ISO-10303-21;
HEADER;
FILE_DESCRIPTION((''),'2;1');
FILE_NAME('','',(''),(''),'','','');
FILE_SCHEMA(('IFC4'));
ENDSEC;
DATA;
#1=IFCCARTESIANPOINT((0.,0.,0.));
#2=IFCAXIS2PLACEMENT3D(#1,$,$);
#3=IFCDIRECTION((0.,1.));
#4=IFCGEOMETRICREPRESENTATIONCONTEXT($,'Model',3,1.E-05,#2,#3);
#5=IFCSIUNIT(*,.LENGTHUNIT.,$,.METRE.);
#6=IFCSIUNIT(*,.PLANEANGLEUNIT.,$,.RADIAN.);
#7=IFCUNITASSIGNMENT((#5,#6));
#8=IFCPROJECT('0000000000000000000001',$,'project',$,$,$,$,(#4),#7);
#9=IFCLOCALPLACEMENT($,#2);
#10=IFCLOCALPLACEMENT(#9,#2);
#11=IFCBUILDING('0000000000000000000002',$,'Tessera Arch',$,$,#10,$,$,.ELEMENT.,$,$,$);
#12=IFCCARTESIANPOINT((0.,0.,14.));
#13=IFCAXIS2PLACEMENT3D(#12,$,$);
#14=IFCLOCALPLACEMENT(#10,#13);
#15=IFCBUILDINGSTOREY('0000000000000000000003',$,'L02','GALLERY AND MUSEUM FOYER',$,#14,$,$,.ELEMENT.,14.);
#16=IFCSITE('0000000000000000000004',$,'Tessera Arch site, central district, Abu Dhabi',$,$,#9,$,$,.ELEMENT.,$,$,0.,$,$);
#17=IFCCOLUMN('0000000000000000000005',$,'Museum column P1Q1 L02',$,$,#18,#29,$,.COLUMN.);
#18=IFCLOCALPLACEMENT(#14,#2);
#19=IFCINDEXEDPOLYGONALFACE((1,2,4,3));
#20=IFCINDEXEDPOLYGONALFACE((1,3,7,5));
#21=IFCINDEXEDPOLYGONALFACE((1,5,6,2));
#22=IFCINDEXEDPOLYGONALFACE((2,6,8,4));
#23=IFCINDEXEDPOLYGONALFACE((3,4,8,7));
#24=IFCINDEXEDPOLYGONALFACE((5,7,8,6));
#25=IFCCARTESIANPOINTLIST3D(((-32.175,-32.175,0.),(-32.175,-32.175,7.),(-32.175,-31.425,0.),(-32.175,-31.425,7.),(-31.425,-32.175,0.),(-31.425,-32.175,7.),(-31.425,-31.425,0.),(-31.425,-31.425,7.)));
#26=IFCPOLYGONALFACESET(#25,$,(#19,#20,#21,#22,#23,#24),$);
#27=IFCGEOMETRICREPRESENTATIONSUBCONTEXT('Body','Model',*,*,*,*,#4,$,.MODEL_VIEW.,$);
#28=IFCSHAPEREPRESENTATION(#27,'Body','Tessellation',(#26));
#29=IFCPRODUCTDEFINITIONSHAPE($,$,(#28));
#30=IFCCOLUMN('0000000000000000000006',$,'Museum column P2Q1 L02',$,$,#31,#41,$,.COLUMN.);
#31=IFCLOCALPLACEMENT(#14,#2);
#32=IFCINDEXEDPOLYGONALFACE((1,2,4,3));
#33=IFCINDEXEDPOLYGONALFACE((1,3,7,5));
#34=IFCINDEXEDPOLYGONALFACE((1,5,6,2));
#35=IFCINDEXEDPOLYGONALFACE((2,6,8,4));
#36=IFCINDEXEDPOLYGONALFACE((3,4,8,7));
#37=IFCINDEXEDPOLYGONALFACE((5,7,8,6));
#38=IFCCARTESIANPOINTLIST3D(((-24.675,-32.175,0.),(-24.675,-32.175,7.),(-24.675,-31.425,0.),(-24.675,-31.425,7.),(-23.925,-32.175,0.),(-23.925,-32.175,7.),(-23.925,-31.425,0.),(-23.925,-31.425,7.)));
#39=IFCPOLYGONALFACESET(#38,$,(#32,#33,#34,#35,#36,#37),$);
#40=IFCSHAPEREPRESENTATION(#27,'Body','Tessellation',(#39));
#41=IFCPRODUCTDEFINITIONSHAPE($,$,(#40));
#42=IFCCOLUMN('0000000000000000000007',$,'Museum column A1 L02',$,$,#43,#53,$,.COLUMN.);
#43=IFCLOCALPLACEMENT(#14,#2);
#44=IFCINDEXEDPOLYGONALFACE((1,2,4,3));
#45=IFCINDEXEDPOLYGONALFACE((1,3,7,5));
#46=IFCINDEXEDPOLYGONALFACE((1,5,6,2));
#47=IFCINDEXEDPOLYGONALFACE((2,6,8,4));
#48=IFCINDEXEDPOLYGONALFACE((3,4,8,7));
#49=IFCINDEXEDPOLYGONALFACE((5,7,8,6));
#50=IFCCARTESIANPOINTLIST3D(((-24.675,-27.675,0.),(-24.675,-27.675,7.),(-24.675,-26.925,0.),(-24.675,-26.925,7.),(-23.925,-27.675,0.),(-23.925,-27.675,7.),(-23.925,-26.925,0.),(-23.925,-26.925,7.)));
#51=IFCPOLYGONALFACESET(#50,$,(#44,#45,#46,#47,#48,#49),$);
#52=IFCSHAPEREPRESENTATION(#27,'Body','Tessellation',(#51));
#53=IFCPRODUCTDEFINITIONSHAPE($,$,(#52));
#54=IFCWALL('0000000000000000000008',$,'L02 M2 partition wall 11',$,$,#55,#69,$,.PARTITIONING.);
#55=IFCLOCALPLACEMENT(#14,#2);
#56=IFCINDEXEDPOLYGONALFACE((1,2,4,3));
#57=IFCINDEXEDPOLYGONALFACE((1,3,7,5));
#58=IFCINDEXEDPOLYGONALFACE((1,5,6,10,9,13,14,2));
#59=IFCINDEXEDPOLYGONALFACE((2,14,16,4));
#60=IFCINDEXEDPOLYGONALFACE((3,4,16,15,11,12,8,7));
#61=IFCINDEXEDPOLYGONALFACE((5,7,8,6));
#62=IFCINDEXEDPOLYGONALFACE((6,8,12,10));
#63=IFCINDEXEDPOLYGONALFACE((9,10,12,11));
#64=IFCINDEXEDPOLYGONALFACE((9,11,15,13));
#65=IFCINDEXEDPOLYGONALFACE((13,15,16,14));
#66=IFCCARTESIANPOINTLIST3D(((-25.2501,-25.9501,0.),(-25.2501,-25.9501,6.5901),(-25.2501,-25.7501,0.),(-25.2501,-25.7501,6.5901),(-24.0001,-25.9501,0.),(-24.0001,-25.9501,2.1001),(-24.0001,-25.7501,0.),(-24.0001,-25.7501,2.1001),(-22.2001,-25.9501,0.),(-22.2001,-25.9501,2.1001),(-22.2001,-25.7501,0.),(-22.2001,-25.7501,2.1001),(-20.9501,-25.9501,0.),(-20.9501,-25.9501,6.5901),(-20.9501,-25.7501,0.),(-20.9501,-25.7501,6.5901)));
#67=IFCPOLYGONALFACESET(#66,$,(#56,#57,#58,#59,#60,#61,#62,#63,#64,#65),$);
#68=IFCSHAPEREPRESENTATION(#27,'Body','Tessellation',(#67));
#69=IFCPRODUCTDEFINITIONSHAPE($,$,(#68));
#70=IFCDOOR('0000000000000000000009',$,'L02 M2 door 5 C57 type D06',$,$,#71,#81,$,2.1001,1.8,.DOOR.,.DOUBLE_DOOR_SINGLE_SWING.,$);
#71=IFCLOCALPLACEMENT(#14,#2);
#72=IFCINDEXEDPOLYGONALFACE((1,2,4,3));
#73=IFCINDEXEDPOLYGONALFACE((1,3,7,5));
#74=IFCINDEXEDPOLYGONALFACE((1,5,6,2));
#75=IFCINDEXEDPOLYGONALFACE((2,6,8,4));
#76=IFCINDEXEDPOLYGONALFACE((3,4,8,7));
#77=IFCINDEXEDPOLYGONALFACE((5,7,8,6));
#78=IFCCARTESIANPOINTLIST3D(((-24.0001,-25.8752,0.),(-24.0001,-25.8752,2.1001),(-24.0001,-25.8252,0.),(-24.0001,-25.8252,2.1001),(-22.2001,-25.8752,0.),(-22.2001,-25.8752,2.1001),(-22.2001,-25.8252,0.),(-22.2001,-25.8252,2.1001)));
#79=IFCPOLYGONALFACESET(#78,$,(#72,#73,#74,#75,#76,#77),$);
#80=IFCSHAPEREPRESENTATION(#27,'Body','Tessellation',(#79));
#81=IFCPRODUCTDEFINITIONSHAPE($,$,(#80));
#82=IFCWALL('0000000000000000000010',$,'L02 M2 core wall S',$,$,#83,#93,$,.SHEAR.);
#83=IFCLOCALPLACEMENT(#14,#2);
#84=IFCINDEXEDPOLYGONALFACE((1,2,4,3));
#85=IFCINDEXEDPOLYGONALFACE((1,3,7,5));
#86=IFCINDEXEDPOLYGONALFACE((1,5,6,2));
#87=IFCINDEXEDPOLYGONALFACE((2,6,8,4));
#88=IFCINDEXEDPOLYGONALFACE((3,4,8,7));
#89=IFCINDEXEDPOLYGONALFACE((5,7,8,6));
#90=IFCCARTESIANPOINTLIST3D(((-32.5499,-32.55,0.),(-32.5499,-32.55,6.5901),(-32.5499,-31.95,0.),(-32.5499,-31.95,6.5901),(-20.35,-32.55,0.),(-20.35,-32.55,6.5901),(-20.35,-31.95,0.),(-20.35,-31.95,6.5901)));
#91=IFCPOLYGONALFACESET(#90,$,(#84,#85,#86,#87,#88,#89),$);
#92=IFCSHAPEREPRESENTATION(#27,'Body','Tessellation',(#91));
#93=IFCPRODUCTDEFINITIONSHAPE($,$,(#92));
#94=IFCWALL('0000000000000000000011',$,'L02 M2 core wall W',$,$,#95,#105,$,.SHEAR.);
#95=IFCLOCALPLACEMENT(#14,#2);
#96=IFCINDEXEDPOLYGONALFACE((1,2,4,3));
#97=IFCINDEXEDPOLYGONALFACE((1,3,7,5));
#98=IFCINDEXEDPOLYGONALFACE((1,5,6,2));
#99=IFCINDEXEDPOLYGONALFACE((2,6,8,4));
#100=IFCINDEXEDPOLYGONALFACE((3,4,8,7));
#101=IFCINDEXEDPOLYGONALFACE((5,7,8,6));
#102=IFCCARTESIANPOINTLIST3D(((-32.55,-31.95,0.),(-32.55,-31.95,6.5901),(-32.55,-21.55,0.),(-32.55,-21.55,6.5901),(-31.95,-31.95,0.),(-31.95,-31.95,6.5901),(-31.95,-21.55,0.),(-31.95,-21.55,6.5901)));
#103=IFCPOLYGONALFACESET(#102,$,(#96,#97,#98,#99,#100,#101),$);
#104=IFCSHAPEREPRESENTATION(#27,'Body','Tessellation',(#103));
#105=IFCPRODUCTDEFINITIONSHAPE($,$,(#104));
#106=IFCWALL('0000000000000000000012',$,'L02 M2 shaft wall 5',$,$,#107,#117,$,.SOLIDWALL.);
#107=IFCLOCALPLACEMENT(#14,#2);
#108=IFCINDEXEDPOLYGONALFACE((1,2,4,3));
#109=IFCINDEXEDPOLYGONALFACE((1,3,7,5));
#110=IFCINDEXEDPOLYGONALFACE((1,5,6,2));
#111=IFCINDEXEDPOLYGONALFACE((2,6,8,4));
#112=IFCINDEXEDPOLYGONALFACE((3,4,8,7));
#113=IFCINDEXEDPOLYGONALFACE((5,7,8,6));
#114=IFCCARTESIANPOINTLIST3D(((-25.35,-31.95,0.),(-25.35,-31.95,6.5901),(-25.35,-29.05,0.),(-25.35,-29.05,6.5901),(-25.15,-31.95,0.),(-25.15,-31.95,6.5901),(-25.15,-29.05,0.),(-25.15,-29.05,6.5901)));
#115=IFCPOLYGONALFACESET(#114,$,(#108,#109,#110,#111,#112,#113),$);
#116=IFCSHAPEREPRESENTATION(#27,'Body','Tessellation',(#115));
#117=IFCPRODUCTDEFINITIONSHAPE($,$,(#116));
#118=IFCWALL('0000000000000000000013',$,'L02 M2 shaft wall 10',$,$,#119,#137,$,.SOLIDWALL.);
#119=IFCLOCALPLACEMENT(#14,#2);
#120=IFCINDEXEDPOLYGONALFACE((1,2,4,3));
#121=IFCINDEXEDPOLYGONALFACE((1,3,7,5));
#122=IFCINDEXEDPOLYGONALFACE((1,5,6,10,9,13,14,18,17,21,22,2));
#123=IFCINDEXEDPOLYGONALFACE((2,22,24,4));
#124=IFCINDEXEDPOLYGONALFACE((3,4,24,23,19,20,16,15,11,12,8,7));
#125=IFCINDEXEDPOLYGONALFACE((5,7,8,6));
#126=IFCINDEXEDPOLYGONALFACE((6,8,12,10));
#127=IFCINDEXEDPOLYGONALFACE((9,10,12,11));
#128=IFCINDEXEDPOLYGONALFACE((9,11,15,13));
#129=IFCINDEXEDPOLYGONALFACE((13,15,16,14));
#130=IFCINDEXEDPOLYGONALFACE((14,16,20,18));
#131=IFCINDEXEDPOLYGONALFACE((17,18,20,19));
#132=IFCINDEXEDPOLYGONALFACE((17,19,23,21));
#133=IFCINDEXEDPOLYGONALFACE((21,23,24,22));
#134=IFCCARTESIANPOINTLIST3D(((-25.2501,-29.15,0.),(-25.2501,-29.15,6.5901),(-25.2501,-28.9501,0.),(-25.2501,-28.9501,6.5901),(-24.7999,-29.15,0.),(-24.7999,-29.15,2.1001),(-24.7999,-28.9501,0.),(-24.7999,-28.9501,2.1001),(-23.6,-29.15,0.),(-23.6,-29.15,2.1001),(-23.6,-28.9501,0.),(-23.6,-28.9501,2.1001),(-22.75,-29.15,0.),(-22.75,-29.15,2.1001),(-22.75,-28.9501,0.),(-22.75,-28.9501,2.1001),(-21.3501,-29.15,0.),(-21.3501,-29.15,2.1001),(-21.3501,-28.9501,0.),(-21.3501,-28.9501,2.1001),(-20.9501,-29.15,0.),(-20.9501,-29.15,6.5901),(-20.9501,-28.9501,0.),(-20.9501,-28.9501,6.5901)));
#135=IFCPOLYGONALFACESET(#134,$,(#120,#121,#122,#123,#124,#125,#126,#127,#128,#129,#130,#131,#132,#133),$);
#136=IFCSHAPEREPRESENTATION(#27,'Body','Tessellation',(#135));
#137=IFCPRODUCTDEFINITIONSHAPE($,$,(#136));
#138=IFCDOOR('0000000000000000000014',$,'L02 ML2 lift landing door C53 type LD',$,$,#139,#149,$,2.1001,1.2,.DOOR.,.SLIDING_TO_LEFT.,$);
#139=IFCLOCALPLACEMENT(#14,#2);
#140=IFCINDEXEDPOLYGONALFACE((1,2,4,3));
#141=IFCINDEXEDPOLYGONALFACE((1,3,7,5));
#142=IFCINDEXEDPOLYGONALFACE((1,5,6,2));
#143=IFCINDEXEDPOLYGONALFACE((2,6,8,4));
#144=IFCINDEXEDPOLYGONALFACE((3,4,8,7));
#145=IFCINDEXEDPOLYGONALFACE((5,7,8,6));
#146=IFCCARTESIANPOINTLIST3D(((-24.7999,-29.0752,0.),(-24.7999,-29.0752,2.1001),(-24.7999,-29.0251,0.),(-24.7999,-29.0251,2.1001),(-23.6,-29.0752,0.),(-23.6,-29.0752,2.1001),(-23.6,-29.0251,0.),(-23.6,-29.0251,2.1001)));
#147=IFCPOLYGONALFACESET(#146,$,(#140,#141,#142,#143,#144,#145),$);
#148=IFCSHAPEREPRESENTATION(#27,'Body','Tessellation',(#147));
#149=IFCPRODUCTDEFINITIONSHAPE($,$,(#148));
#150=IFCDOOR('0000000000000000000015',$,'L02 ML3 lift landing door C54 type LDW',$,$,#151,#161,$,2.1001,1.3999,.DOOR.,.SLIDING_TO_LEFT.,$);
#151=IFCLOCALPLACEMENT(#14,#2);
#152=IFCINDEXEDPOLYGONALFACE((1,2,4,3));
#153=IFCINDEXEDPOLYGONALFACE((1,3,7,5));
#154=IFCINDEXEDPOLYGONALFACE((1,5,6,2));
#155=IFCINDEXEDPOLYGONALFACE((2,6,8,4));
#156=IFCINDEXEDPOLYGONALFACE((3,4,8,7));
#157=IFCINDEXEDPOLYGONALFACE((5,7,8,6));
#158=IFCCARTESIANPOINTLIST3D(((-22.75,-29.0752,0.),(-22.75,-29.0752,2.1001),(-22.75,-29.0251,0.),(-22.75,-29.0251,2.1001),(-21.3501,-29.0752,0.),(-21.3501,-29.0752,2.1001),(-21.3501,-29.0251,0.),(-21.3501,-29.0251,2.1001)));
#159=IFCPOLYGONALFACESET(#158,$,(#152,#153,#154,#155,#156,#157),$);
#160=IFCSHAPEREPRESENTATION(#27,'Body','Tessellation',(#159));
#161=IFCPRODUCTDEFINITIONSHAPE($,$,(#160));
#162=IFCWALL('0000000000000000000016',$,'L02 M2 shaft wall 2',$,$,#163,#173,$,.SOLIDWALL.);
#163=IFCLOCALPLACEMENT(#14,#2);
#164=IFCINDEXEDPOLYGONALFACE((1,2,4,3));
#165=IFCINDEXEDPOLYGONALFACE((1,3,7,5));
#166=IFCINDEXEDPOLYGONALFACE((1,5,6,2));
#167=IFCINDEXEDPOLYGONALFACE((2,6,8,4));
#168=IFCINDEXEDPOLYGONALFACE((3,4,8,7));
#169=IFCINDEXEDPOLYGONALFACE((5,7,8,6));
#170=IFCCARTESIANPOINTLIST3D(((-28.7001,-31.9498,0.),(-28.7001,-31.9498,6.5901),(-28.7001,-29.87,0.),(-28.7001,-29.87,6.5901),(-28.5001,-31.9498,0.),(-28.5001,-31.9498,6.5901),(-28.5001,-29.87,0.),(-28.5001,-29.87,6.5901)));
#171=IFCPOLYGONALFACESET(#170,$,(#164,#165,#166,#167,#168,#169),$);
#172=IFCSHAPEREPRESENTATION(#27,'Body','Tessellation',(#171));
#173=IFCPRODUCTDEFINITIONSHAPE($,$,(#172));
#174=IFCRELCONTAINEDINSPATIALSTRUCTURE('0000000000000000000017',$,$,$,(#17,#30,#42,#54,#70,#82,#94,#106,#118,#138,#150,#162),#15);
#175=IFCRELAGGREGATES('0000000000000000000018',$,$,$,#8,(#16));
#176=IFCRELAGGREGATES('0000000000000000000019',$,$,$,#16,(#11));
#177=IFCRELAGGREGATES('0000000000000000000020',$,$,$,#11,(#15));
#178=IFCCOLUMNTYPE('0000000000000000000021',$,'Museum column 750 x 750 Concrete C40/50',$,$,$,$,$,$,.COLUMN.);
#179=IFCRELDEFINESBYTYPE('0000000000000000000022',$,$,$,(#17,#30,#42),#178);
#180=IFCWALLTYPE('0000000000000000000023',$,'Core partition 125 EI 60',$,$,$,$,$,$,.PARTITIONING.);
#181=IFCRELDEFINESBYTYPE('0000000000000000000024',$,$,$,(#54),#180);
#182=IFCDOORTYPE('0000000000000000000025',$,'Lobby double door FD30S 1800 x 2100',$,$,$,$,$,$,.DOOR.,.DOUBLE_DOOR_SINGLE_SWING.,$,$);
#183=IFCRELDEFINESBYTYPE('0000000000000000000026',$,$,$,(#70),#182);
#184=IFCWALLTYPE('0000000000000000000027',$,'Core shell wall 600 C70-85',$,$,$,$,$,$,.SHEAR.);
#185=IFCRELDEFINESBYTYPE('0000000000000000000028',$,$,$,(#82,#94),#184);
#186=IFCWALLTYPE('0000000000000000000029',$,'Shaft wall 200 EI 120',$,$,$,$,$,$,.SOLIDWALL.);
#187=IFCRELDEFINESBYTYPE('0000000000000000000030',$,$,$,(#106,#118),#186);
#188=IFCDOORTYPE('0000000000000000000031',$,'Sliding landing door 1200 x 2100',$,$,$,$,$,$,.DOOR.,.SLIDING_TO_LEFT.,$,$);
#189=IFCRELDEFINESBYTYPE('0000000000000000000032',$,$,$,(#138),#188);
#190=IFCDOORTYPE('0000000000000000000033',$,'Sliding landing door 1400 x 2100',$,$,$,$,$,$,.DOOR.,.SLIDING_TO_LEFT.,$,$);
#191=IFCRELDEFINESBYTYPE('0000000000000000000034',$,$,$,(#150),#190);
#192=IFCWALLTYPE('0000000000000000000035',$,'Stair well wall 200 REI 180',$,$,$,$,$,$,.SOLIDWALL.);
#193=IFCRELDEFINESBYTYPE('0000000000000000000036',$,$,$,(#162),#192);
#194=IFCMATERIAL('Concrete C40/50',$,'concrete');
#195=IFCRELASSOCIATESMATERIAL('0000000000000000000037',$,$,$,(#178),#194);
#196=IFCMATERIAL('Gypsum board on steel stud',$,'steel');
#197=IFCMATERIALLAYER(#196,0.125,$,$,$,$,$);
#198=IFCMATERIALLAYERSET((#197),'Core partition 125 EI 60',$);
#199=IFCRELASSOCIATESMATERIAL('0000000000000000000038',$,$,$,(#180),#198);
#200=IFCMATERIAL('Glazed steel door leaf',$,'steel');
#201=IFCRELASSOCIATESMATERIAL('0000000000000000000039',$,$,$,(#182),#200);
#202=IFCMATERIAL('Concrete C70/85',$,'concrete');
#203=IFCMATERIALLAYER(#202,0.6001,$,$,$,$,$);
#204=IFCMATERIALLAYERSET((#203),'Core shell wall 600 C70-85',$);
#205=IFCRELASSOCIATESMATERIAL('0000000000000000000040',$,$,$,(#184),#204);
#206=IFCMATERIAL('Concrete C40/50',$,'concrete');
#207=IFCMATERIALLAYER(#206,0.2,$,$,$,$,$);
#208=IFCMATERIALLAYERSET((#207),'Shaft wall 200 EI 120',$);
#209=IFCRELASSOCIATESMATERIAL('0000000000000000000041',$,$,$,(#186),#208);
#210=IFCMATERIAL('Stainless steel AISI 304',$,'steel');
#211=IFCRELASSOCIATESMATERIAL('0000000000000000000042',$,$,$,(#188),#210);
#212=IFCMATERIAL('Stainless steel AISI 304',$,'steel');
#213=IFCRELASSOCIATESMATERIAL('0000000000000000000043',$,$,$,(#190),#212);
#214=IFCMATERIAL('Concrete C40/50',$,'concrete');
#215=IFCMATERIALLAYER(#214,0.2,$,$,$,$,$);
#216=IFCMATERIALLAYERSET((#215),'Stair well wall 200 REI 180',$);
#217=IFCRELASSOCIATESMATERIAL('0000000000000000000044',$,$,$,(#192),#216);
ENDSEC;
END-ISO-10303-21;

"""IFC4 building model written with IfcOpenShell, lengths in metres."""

from ifc_helpers import new_model, si_unit, direction, frame, frame_2d, origin, origin_2d, place, context, subcontext, project, spatial, rectangle, extrude, material, layer, layer_set, material_profile, profile_set, type_object, element, fill, save


model = new_model("IFC4")

# Units and contexts
model_context = context("Model", 3, precision=1e-05, world=origin(), true_north=direction((0.0, 1.0)))
body_context = subcontext(model_context, "Body", "Model", "MODEL_VIEW")
ifc_project = project(units=[si_unit("LENGTHUNIT", "METRE"), si_unit("PLANEANGLEUNIT", "RADIAN")], contexts=[model_context])

# Site, building, storey
site_placement = place(None, origin())
site = spatial("IfcSite", under=ifc_project, at=site_placement, Name="Tessera Arch site, central district, Abu Dhabi", CompositionType="ELEMENT", RefElevation=0.0)
building_placement = place(site_placement, origin())
building = spatial("IfcBuilding", under=site, at=building_placement, Name="Tessera Arch", CompositionType="ELEMENT")
storey_placement = place(building_placement, frame((0.0, 0.0, 14.0)))
storey = spatial("IfcBuildingStorey", under=building, at=storey_placement, Name="L02", Description="GALLERY AND MUSEUM FOYER", CompositionType="ELEMENT", Elevation=14.0)

# Columns
ifc_material_1 = material(Name="Concrete C40/50", Category="concrete")
ifc_material_profile = material_profile(ifc_material_1, rectangle(XDim=0.75, YDim=0.75, at=origin_2d()), Name="Museum column 750 x 750 Concrete C40/50")
ifc_profile_set = profile_set([ifc_material_profile], Name="Concrete C40/50")
column_type = type_object("IfcColumnType", Name="Museum column 750 x 750 Concrete C40/50", PredefinedType="COLUMN", material=ifc_profile_set)
for number, where, z_axis, x_axis, name in (
    (1, (-31.8, -31.8, 0.0), (0.0, 0.0, 1.0), (1.0, 0.0, 0.0), "Museum column P1Q1 L02"),
    (2, (-24.3, -31.8, 0.0), (0.0, 0.0, 1.0), (1.0, 0.0, 0.0), "Museum column P2Q1 L02"),
    (3, (-24.3, -27.3, 0.0), (0.0, 0.0, 1.0), (1.0, 0.0, 0.0), "Museum column A1 L02"),
):
    element("IfcColumn", number, at=place(storey_placement, frame(where, z_axis=z_axis, x_axis=x_axis)), inside=storey, type_object=column_type, Name=name, PredefinedType="COLUMN", context=body_context, shape_type="SweptSolid", body=[
        extrude(rectangle(XDim=0.75, YDim=0.75, at=origin_2d()), origin(), (0.0, 0.0, 1.0), 7.0),
    ])

# Wall, opening, door
ifc_material_2 = material(Name="Gypsum board on steel stud", Category="steel")
ifc_layer_1 = layer(ifc_material_2, 0.125)
ifc_layer_set_1 = layer_set([ifc_layer_1], Name="Core partition 125 EI 60")
wall_type_1 = type_object("IfcWallType", Name="Core partition 125 EI 60", PredefinedType="PARTITIONING", material=ifc_layer_set_1)
wall_1_placement = place(storey_placement, frame((-25.25, -25.8501, 0.0), z_axis=(0.0, 0.0, 1.0), x_axis=(1.0, 0.0, 0.0)))
wall_1 = element("IfcWall", 4, at=wall_1_placement, inside=storey, type_object=wall_type_1, Name="L02 M2 partition wall 11", PredefinedType="PARTITIONING", context=body_context, shape_type="SweptSolid", body=[
    extrude(rectangle(XDim=4.3, YDim=0.2, at=frame_2d((2.1499, 0.0))), origin(), (0.0, 0.0, 1.0), 6.5901),
])
opening_1_placement = place(wall_1_placement, frame((1.25, 0.0, 0.0)))
opening_1 = element("IfcOpeningElement", 5, at=opening_1_placement, cuts=wall_1, PredefinedType="OPENING", context=body_context, shape_type="SweptSolid", body=[
    extrude(rectangle(XDim=1.8, YDim=2.1001, at=frame_2d((0.8999, 1.05))), frame((0.0, 0.1099, 0.0), z_axis=(0.0, -1.0, 0.0), x_axis=(1.0, 0.0, 0.0)), (0.0, 0.0, 1.0), 0.22),
])
ifc_material_3 = material(Name="Glazed steel door leaf", Category="steel")
door_type_1 = type_object("IfcDoorType", Name="Lobby double door FD30S 1800 x 2100", OperationType="DOUBLE_DOOR_SINGLE_SWING", PredefinedType="DOOR", material=ifc_material_3)
door_1_placement = place(opening_1_placement, origin())
door_1 = element("IfcDoor", 6, at=door_1_placement, inside=storey, type_object=door_type_1, Name="L02 M2 door 5 C57 type D06", OperationType="DOUBLE_DOOR_SINGLE_SWING", OverallHeight=2.1001, OverallWidth=1.8, PredefinedType="DOOR", context=body_context, shape_type="SweptSolid", body=[
    extrude(rectangle(XDim=1.8, YDim=2.1001, at=frame_2d((0.8999, 1.05))), frame((0.0, 0.0249, 0.0), z_axis=(0.0, -1.0, 0.0), x_axis=(1.0, 0.0, 0.0)), (0.0, 0.0, 1.0), 0.05),
])
fill(opening_1, door_1)

# Walls
ifc_material_4 = material(Name="Concrete C70/85", Category="concrete")
ifc_layer_2 = layer(ifc_material_4, 0.6001)
ifc_layer_set_2 = layer_set([ifc_layer_2], Name="Core shell wall 600 C70-85")
wall_type_2 = type_object("IfcWallType", Name="Core shell wall 600 C70-85", PredefinedType="SHEAR", material=ifc_layer_set_2)
wall_2_placement = place(storey_placement, frame((-32.55, -32.25, 0.0), z_axis=(0.0, 0.0, 1.0), x_axis=(1.0, 0.0, 0.0)))
element("IfcWall", 7, at=wall_2_placement, inside=storey, type_object=wall_type_2, Name="L02 M2 core wall S", PredefinedType="SHEAR", context=body_context, shape_type="SweptSolid", body=[
    extrude(rectangle(XDim=12.2, YDim=0.6001, at=frame_2d((6.1001, 0.0))), origin(), (0.0, 0.0, 1.0), 6.5901),
])
wall_3_placement = place(storey_placement, frame((-32.25, -31.95, 0.0), z_axis=(0.0, 0.0, 1.0), x_axis=(0.0, 1.0, 0.0)))
element("IfcWall", 8, at=wall_3_placement, inside=storey, type_object=wall_type_2, Name="L02 M2 core wall W", PredefinedType="SHEAR", context=body_context, shape_type="SweptSolid", body=[
    extrude(rectangle(XDim=10.3999, YDim=0.6001, at=frame_2d((5.2, 0.0))), origin(), (0.0, 0.0, 1.0), 6.5901),
])
ifc_material_5 = material(Name="Concrete C40/50", Category="concrete")
ifc_layer_3 = layer(ifc_material_5, 0.2)
ifc_layer_set_3 = layer_set([ifc_layer_3], Name="Shaft wall 200 EI 120")
wall_type_3 = type_object("IfcWallType", Name="Shaft wall 200 EI 120", PredefinedType="SOLIDWALL", material=ifc_layer_set_3)
wall_4_placement = place(storey_placement, frame((-25.25, -31.95, 0.0), z_axis=(0.0, 0.0, 1.0), x_axis=(0.0, 1.0, 0.0)))
element("IfcWall", 9, at=wall_4_placement, inside=storey, type_object=wall_type_3, Name="L02 M2 shaft wall 5", PredefinedType="SOLIDWALL", context=body_context, shape_type="SweptSolid", body=[
    extrude(rectangle(XDim=2.8999, YDim=0.2, at=frame_2d((1.45, 0.0))), origin(), (0.0, 0.0, 1.0), 6.5901),
])

# Wall, openings, doors
wall_5_placement = place(storey_placement, frame((-25.25, -29.05, 0.0), z_axis=(0.0, 0.0, 1.0), x_axis=(1.0, 0.0, 0.0)))
wall_5 = element("IfcWall", 10, at=wall_5_placement, inside=storey, type_object=wall_type_3, Name="L02 M2 shaft wall 10", PredefinedType="SOLIDWALL", context=body_context, shape_type="SweptSolid", body=[
    extrude(rectangle(XDim=4.3, YDim=0.2, at=frame_2d((2.1499, 0.0))), origin(), (0.0, 0.0, 1.0), 6.5901),
])
opening_2_placement = place(wall_5_placement, frame((0.45, 0.0, 0.0)))
opening_2 = element("IfcOpeningElement", 11, at=opening_2_placement, cuts=wall_5, PredefinedType="OPENING", context=body_context, shape_type="SweptSolid", body=[
    extrude(rectangle(XDim=1.2, YDim=2.1001, at=frame_2d((0.6001, 1.05))), frame((0.0, 0.1099, 0.0), z_axis=(0.0, -1.0, 0.0), x_axis=(1.0, 0.0, 0.0)), (0.0, 0.0, 1.0), 0.22),
])
opening_3_placement = place(wall_5_placement, frame((2.5, 0.0, 0.0)))
opening_3 = element("IfcOpeningElement", 12, at=opening_3_placement, cuts=wall_5, PredefinedType="OPENING", context=body_context, shape_type="SweptSolid", body=[
    extrude(rectangle(XDim=1.3999, YDim=2.1001, at=frame_2d((0.7, 1.05))), frame((0.0, 0.1099, 0.0), z_axis=(0.0, -1.0, 0.0), x_axis=(1.0, 0.0, 0.0)), (0.0, 0.0, 1.0), 0.22),
])
ifc_material_6 = material(Name="Stainless steel AISI 304", Category="steel")
door_type_2 = type_object("IfcDoorType", Name="Sliding landing door 1200 x 2100", OperationType="SLIDING_TO_LEFT", PredefinedType="DOOR", material=ifc_material_6)
door_2_placement = place(opening_2_placement, origin())
door_2 = element("IfcDoor", 13, at=door_2_placement, inside=storey, type_object=door_type_2, Name="L02 ML2 lift landing door C53 type LD", OperationType="SLIDING_TO_LEFT", OverallHeight=2.1001, OverallWidth=1.2, PredefinedType="DOOR", context=body_context, shape_type="SweptSolid", body=[
    extrude(rectangle(XDim=1.2, YDim=2.1001, at=frame_2d((0.6001, 1.05))), frame((0.0, 0.0249, 0.0), z_axis=(0.0, -1.0, 0.0), x_axis=(1.0, 0.0, 0.0)), (0.0, 0.0, 1.0), 0.05),
])
fill(opening_2, door_2)
ifc_material_7 = material(Name="Stainless steel AISI 304", Category="steel")
door_type_3 = type_object("IfcDoorType", Name="Sliding landing door 1400 x 2100", OperationType="SLIDING_TO_LEFT", PredefinedType="DOOR", material=ifc_material_7)
door_3_placement = place(opening_3_placement, origin())
door_3 = element("IfcDoor", 14, at=door_3_placement, inside=storey, type_object=door_type_3, Name="L02 ML3 lift landing door C54 type LDW", OperationType="SLIDING_TO_LEFT", OverallHeight=2.1001, OverallWidth=1.3999, PredefinedType="DOOR", context=body_context, shape_type="SweptSolid", body=[
    extrude(rectangle(XDim=1.3999, YDim=2.1001, at=frame_2d((0.7, 1.05))), frame((0.0, 0.0249, 0.0), z_axis=(0.0, -1.0, 0.0), x_axis=(1.0, 0.0, 0.0)), (0.0, 0.0, 1.0), 0.05),
])
fill(opening_3, door_3)

# Wall
ifc_material_8 = material(Name="Concrete C40/50", Category="concrete")
ifc_layer_4 = layer(ifc_material_8, 0.2)
ifc_layer_set_4 = layer_set([ifc_layer_4], Name="Stair well wall 200 REI 180")
wall_type_4 = type_object("IfcWallType", Name="Stair well wall 200 REI 180", PredefinedType="SOLIDWALL", material=ifc_layer_set_4)
wall_6_placement = place(storey_placement, frame((-28.6001, -31.95, 0.0), z_axis=(0.0, 0.0, 1.0), x_axis=(0.0, 1.0, 0.0)))
element("IfcWall", 15, at=wall_6_placement, inside=storey, type_object=wall_type_4, Name="L02 M2 shaft wall 2", PredefinedType="SOLIDWALL", context=body_context, shape_type="SweptSolid", body=[
    extrude(rectangle(XDim=2.0798, YDim=0.2, at=frame_2d((1.04, 0.0))), origin(), (0.0, 0.0, 1.0), 6.5901),
])

save(model, "model.ifc")
